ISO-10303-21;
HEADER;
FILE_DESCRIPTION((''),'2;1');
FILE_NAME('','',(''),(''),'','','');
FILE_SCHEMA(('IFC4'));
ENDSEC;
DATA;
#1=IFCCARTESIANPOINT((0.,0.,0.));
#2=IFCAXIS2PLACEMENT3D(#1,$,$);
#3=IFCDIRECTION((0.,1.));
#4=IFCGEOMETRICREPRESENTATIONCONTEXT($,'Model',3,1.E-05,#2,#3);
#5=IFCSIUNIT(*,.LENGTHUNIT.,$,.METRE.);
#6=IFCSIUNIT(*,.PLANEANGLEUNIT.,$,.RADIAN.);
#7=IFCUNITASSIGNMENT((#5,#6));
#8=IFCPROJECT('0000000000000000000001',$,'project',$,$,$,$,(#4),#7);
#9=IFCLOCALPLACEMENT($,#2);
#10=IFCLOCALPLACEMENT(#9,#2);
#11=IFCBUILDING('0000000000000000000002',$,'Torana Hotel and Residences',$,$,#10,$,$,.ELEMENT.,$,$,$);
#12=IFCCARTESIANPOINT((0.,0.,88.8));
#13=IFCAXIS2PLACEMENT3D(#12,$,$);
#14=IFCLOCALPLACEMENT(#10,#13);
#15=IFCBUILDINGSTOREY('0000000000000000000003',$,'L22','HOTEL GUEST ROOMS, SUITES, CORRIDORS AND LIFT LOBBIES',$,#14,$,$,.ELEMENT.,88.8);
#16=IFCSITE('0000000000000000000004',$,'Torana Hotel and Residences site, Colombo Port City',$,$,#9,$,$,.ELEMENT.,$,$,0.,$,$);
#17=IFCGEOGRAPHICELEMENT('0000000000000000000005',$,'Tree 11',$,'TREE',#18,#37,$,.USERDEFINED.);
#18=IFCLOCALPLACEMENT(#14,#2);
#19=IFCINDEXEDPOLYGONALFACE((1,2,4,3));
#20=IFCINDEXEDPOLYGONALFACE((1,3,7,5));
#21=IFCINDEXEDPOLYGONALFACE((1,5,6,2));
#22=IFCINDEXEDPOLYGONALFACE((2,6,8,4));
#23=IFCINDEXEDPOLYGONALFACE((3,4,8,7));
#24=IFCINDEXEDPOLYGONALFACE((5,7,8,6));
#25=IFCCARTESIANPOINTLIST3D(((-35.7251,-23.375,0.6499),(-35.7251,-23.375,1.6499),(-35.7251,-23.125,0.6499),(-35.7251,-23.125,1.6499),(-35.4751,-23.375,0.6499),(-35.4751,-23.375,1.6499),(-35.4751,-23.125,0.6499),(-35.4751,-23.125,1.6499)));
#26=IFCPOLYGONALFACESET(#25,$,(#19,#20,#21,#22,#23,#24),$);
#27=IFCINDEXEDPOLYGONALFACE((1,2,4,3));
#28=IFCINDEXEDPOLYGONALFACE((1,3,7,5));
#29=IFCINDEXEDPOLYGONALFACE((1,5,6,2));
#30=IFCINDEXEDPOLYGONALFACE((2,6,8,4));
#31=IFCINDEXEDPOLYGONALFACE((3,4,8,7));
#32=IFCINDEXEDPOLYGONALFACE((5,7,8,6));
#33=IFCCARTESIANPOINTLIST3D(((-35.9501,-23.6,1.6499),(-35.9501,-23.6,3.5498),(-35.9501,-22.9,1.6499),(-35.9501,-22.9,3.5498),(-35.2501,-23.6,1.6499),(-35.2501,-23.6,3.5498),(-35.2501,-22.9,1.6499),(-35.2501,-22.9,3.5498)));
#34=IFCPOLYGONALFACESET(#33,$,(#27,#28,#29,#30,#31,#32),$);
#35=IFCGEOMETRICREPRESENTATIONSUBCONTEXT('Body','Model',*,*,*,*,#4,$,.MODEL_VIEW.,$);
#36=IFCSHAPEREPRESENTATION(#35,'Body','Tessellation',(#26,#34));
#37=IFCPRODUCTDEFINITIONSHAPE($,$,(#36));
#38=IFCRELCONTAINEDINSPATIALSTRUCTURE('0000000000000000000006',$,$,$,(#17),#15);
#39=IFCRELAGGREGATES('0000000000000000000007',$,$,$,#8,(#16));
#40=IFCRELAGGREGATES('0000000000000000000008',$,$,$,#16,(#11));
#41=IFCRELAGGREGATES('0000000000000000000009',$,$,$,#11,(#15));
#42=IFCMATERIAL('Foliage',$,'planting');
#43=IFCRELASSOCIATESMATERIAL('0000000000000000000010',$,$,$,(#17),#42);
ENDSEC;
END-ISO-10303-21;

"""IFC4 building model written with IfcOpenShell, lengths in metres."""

from ifc_helpers import new_model, si_unit, direction, frame, origin, origin_2d, place, context, subcontext, project, spatial, rectangle, extrude, material, element, save


model = new_model("IFC4")

# Units and contexts
model_context = context("Model", 3, precision=1e-05, world=origin(), true_north=direction((0.0, 1.0)))
body_context = subcontext(model_context, "Body", "Model", "MODEL_VIEW")
ifc_project = project(units=[si_unit("LENGTHUNIT", "METRE"), si_unit("PLANEANGLEUNIT", "RADIAN")], contexts=[model_context])

# Site, building, storey
site_placement = place(None, origin())
site = spatial("IfcSite", under=ifc_project, at=site_placement, Name="Torana Hotel and Residences site, Colombo Port City", CompositionType="ELEMENT", RefElevation=0.0)
building_placement = place(site_placement, origin())
building = spatial("IfcBuilding", under=site, at=building_placement, Name="Torana Hotel and Residences", CompositionType="ELEMENT")
storey_placement = place(building_placement, frame((0.0, 0.0, 88.8)))
storey = spatial("IfcBuildingStorey", under=building, at=storey_placement, Name="L22", Description="HOTEL GUEST ROOMS, SUITES, CORRIDORS AND LIFT LOBBIES", CompositionType="ELEMENT", Elevation=88.8)

# Geographic element
ifc_material_1 = material(Name="Foliage", Category="planting")
geographic_element_placement = place(storey_placement, frame((-35.6001, -23.25, 0.6499), z_axis=(0.0, 0.0, 1.0), x_axis=(1.0, 0.0, 0.0)))
element("IfcGeographicElement", 1, at=geographic_element_placement, inside=storey, material=ifc_material_1, Name="Tree 11", ObjectType="TREE", PredefinedType="USERDEFINED", context=body_context, shape_type="SweptSolid", body=[
    extrude(rectangle(XDim=0.25, YDim=0.25, at=origin_2d()), origin(), (0.0, 0.0, 1.0), 1.0),
    extrude(rectangle(XDim=0.7, YDim=0.7, at=origin_2d()), frame((0.0, 0.0, 1.0)), (0.0, 0.0, 1.0), 1.8999),
])

save(model, "model.ifc")
